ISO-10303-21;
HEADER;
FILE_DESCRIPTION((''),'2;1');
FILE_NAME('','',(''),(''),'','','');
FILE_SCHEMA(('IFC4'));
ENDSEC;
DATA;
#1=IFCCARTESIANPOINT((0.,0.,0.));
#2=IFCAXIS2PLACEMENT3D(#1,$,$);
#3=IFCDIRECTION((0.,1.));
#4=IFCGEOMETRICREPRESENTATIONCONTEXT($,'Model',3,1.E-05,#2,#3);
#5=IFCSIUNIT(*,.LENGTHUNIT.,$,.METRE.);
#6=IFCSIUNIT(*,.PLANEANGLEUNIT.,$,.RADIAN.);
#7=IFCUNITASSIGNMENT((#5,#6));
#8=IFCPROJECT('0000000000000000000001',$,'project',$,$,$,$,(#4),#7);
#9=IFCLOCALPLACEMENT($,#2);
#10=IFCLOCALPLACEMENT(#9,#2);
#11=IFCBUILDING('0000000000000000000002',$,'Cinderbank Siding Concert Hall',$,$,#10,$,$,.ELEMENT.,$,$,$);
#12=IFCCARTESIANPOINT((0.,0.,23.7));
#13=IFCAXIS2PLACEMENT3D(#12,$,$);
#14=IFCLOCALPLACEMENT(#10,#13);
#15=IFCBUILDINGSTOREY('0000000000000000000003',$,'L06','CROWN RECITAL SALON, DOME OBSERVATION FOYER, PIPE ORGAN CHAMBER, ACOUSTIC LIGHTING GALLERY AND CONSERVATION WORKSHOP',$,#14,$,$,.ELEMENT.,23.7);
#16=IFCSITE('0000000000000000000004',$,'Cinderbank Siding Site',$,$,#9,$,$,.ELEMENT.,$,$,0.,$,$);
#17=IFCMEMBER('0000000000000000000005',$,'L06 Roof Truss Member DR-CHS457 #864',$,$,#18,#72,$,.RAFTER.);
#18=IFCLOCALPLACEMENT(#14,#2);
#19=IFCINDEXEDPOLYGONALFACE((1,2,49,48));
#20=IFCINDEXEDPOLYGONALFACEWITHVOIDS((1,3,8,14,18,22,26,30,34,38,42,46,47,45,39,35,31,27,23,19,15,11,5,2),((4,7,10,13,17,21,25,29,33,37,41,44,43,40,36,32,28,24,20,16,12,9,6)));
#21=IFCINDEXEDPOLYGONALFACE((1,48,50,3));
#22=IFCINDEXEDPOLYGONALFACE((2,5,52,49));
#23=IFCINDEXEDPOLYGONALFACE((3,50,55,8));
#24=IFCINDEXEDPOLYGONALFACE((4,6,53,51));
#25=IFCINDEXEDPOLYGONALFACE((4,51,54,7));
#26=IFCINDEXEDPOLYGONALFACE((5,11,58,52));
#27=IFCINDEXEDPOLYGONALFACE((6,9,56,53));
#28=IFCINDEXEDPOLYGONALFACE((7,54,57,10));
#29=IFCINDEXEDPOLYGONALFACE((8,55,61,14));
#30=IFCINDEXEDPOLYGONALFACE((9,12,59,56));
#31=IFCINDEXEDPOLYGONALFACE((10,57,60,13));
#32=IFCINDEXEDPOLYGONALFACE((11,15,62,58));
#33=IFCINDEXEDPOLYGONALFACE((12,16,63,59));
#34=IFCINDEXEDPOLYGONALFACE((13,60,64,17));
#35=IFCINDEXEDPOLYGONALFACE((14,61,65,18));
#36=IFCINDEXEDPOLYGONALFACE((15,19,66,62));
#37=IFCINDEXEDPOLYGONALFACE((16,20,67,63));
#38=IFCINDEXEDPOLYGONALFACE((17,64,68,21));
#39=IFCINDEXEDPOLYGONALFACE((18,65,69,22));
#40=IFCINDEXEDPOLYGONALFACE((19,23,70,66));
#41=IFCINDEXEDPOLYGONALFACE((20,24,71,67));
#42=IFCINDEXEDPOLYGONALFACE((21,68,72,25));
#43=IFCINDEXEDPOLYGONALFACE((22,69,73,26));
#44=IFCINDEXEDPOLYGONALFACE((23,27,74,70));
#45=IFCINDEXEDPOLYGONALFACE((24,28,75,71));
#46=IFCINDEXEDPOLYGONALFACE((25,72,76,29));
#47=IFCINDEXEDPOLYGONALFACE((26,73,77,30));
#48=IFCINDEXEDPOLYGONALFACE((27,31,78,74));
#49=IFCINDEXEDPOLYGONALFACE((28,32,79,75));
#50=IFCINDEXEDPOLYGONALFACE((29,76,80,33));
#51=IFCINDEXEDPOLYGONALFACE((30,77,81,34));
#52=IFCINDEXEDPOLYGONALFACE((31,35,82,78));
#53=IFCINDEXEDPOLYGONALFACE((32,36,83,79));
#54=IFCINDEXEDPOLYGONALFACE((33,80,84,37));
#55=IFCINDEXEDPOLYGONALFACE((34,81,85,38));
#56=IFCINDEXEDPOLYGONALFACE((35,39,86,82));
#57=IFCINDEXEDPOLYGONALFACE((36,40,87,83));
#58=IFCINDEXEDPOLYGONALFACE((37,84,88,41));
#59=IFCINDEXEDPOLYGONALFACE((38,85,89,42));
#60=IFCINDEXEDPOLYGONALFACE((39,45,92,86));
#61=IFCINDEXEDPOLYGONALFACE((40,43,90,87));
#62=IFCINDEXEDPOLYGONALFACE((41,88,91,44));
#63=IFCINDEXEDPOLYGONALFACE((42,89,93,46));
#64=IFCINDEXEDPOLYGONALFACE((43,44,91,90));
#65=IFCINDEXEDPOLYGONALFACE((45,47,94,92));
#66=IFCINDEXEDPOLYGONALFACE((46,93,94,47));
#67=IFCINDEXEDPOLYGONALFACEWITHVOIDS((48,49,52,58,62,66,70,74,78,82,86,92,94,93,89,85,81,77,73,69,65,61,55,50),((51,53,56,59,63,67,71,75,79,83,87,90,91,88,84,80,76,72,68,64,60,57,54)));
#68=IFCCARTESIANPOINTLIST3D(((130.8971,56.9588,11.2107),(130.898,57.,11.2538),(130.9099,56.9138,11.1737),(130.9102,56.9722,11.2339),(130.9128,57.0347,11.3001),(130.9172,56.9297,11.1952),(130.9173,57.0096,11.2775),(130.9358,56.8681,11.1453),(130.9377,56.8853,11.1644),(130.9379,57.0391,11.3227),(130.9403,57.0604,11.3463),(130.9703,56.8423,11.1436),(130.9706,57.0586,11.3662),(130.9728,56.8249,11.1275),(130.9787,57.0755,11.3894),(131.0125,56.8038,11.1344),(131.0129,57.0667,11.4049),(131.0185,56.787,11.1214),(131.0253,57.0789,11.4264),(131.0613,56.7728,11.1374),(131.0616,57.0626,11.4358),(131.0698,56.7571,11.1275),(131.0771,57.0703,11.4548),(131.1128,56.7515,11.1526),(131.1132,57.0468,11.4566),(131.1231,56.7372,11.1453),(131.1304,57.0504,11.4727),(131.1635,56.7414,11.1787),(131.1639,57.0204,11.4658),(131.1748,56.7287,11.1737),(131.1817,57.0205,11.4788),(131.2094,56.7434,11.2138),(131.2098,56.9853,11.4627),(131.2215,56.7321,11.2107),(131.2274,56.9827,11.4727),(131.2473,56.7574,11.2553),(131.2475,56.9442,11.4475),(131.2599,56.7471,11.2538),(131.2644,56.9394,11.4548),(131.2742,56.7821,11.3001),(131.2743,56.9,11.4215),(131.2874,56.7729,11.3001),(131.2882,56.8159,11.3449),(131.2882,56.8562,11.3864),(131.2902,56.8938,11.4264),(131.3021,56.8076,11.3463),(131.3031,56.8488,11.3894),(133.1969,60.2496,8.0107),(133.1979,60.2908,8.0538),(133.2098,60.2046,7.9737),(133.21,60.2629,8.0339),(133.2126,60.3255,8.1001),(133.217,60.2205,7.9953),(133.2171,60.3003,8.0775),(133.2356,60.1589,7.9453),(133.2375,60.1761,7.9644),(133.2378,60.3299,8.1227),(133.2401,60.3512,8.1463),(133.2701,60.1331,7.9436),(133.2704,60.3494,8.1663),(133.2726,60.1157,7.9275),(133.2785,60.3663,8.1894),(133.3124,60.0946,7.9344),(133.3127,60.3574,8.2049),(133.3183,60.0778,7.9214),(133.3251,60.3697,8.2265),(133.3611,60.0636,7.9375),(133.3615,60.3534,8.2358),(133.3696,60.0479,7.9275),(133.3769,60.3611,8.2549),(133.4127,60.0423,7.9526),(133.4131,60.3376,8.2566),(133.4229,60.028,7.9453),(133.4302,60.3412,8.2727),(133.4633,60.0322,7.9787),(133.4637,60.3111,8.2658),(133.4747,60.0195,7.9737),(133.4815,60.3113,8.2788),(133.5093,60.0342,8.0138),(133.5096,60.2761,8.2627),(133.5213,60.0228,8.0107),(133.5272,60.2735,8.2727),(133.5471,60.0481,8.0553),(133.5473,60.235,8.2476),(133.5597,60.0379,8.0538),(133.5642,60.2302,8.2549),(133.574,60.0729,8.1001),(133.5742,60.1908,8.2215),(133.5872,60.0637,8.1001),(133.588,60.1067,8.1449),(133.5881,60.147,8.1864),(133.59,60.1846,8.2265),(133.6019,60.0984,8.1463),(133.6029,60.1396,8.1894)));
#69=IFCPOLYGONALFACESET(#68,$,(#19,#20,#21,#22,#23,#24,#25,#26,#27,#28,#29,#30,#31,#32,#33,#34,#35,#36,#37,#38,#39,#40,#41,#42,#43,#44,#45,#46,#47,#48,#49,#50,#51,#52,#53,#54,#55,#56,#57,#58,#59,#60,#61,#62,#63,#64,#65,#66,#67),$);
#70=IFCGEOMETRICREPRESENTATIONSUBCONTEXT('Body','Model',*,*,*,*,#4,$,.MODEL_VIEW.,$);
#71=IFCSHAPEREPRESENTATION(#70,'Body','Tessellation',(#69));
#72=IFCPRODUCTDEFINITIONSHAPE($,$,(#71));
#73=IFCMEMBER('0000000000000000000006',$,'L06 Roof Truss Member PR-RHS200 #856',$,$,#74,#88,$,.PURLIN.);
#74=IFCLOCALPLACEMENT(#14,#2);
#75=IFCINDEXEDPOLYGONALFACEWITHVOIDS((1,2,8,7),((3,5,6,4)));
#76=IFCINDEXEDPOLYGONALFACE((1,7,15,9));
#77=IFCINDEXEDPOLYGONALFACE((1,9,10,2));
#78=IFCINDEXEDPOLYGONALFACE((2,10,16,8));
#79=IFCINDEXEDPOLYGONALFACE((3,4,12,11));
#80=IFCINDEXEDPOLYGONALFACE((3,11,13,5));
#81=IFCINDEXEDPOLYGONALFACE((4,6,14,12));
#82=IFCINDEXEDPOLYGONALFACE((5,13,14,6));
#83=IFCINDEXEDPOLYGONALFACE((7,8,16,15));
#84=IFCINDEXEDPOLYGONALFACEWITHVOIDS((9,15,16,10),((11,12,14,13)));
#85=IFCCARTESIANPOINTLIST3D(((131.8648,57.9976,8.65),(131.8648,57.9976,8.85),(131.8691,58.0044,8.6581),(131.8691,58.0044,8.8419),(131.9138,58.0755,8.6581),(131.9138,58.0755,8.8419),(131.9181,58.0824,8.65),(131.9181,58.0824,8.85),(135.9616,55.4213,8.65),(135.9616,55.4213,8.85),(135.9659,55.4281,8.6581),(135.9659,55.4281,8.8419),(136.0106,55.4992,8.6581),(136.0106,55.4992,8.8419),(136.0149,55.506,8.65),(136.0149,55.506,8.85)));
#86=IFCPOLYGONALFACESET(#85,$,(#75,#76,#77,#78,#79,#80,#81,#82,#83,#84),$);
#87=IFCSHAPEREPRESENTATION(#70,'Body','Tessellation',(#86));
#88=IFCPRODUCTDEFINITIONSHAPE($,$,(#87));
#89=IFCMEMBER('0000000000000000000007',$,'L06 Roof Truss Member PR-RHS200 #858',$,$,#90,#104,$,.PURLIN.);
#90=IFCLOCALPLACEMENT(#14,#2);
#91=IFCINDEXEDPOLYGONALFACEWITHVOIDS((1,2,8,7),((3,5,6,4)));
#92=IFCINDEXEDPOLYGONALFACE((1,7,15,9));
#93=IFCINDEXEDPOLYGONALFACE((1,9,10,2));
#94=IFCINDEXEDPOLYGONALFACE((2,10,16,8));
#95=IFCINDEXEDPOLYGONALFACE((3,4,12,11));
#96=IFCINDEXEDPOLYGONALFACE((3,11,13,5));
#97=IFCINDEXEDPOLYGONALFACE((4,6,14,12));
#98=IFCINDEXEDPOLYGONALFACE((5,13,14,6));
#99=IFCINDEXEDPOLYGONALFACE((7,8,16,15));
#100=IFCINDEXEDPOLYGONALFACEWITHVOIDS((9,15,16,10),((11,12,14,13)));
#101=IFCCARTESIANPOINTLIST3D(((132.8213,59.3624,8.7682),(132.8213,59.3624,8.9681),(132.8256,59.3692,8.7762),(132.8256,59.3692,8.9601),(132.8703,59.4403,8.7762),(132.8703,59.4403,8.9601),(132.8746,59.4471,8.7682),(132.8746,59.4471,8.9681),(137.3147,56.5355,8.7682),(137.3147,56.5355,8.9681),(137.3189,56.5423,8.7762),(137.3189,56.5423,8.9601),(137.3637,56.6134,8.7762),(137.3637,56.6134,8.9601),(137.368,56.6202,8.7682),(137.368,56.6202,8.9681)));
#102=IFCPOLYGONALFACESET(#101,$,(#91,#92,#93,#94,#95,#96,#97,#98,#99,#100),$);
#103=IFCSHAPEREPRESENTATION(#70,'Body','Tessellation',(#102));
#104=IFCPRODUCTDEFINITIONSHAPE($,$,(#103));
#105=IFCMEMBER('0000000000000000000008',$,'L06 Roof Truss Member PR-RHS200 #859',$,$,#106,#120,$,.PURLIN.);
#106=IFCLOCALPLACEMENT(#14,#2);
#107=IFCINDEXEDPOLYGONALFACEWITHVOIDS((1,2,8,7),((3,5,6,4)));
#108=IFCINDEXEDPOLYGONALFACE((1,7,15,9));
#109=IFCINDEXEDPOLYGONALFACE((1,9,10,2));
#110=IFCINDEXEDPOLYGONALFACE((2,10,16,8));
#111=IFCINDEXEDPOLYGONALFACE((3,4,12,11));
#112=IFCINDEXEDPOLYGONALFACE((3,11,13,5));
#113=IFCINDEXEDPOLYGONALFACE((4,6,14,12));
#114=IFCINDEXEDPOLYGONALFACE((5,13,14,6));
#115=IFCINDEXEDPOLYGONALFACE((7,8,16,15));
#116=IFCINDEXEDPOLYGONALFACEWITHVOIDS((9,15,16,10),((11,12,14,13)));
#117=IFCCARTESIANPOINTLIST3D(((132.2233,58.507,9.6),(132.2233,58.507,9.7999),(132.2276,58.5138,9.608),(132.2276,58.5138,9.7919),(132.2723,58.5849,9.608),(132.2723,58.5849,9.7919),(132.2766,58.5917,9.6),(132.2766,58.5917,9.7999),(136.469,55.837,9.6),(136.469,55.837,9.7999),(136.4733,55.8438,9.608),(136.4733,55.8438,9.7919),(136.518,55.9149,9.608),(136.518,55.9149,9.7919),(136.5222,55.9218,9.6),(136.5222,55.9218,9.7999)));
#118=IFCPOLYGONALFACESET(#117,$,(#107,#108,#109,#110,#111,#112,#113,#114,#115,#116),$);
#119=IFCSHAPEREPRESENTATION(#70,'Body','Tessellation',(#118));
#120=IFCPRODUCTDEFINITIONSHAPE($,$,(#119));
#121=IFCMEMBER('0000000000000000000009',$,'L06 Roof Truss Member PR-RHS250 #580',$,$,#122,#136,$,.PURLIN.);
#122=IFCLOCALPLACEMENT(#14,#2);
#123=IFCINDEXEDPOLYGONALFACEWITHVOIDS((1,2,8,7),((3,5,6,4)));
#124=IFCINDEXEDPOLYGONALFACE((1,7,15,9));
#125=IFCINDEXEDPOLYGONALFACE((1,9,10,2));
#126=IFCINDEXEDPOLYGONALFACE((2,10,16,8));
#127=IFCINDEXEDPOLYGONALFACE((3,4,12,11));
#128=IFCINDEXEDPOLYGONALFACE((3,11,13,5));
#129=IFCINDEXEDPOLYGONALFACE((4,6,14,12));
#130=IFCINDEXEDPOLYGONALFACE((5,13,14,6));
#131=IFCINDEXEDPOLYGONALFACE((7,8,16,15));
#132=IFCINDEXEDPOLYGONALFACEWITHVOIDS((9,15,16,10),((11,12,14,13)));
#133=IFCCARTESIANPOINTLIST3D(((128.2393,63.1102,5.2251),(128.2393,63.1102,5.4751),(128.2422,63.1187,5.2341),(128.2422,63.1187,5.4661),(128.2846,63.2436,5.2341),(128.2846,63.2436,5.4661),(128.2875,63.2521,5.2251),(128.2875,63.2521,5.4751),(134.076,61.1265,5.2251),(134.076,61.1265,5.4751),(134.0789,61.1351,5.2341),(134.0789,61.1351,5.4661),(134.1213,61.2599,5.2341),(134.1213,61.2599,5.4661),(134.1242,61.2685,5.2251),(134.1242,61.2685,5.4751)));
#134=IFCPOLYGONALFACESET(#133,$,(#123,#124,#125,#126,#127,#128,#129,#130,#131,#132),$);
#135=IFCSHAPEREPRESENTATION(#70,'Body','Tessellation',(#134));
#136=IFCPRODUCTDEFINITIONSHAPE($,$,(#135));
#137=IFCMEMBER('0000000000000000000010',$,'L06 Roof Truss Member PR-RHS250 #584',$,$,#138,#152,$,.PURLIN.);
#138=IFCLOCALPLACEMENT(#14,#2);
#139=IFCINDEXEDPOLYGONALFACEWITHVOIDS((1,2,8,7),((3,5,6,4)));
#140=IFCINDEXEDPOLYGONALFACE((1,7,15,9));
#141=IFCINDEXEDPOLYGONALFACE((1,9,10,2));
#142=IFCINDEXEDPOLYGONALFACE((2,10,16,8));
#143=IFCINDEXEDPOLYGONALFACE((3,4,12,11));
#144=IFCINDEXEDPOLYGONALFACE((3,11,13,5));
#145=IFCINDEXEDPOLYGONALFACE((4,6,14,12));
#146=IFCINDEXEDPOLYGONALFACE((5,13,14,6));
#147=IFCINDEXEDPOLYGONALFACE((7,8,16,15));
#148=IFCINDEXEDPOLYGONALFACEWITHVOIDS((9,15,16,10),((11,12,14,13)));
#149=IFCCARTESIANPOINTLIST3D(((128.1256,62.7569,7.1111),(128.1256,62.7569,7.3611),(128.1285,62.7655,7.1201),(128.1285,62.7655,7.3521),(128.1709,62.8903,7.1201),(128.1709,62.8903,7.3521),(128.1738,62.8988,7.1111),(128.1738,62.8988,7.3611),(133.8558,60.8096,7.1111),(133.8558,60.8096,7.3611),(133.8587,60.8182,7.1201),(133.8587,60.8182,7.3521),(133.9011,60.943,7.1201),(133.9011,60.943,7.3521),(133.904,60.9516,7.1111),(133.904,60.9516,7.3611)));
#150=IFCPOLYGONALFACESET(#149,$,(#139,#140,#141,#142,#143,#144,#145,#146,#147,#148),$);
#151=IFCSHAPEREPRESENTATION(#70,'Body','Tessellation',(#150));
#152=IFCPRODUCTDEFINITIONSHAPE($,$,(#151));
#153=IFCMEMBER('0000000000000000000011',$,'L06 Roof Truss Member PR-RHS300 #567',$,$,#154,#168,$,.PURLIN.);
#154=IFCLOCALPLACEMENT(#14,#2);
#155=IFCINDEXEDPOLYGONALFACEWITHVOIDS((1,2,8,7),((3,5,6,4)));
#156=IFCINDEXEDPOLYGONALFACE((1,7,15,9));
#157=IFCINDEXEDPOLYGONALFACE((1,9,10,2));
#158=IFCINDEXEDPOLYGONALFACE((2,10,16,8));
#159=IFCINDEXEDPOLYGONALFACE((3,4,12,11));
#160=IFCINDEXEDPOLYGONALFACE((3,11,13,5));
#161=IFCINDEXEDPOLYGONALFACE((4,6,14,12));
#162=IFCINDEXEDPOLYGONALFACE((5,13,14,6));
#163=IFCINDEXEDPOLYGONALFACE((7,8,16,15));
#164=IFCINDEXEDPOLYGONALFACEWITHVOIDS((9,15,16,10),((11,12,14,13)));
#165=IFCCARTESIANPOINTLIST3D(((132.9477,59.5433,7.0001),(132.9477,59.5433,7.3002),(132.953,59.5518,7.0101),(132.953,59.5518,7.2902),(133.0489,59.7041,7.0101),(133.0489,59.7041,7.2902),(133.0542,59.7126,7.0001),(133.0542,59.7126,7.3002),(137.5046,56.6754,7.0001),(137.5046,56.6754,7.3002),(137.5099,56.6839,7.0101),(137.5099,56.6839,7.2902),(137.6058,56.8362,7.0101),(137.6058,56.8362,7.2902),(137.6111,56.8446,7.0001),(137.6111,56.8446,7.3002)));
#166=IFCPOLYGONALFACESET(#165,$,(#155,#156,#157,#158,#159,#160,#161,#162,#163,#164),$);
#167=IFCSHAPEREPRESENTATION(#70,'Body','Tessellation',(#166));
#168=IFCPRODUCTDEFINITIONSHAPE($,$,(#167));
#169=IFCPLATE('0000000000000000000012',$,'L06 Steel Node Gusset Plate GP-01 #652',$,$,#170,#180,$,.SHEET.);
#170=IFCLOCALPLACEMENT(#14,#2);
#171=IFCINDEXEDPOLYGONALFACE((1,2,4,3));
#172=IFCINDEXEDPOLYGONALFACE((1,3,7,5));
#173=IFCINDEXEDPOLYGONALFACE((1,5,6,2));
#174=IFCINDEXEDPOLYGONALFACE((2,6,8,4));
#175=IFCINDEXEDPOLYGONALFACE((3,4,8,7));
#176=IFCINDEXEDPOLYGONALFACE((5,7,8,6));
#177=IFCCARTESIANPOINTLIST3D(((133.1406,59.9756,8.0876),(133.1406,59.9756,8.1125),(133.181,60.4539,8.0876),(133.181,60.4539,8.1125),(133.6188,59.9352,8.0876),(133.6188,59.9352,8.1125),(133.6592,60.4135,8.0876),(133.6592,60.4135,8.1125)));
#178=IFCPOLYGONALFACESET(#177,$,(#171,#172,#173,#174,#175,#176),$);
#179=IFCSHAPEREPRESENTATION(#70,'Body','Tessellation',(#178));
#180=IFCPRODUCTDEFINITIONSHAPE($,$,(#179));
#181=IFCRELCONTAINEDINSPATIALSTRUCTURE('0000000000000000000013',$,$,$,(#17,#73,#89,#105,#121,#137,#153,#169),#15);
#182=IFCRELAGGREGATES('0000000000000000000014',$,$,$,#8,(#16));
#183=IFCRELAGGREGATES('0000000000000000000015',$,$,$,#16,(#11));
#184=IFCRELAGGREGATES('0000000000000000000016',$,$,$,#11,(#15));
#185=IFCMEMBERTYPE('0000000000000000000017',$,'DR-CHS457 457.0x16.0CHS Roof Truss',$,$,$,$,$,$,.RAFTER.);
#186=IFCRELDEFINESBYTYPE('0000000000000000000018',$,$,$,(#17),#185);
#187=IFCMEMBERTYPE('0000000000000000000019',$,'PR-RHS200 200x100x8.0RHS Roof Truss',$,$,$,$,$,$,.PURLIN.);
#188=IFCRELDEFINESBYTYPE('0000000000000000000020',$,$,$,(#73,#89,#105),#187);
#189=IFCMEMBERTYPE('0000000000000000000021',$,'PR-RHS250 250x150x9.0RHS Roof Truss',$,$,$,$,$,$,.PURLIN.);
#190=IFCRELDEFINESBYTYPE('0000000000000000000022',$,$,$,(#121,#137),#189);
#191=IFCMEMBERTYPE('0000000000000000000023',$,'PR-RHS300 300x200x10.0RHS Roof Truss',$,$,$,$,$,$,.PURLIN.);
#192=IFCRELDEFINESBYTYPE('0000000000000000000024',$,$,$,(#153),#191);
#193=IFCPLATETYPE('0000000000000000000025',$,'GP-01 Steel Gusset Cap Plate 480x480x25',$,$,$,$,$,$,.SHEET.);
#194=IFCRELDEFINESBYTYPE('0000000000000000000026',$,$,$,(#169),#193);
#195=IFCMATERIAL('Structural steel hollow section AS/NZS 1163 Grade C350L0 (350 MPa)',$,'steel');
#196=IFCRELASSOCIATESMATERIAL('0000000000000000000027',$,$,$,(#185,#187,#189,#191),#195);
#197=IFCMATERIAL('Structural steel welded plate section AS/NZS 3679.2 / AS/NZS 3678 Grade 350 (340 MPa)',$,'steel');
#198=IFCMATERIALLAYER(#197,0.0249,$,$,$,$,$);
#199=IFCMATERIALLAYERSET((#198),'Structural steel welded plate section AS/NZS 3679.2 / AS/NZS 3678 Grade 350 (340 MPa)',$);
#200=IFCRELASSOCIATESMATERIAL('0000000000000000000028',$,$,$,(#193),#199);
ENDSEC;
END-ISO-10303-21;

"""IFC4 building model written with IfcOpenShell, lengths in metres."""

from ifc_helpers import new_model, si_unit, direction, frame, origin, origin_2d, place, context, subcontext, project, spatial, rectangle, hollow_rectangle, hollow_circle, extrude, material, layer, layer_set, material_profile, profile_set, type_object, element, save


model = new_model("IFC4")

# Units and contexts
model_context = context("Model", 3, precision=1e-05, world=origin(), true_north=direction((0.0, 1.0)))
body_context = subcontext(model_context, "Body", "Model", "MODEL_VIEW")
ifc_project = project(units=[si_unit("LENGTHUNIT", "METRE"), si_unit("PLANEANGLEUNIT", "RADIAN")], contexts=[model_context])

# Site, building, storey
site_placement = place(None, origin())
site = spatial("IfcSite", under=ifc_project, at=site_placement, Name="Cinderbank Siding Site", CompositionType="ELEMENT", RefElevation=0.0)
building_placement = place(site_placement, origin())
building = spatial("IfcBuilding", under=site, at=building_placement, Name="Cinderbank Siding Concert Hall", CompositionType="ELEMENT")
storey_placement = place(building_placement, frame((0.0, 0.0, 23.7)))
storey = spatial("IfcBuildingStorey", under=building, at=storey_placement, Name="L06", Description="CROWN RECITAL SALON, DOME OBSERVATION FOYER, PIPE ORGAN CHAMBER, ACOUSTIC LIGHTING GALLERY AND CONSERVATION WORKSHOP", CompositionType="ELEMENT", Elevation=23.7)

# Shared definitions
ifc_material_1 = material(Name="Structural steel welded plate section AS/NZS 3679.2 / AS/NZS 3678 Grade 350 (340 MPa)", Category="steel")

# Members
ifc_material_2 = material(Name="Structural steel hollow section AS/NZS 1163 Grade C350L0 (350 MPa)", Category="steel")
ifc_material_profile_1 = material_profile(ifc_material_2, hollow_circle(Radius=0.2285, WallThickness=0.0161, at=origin_2d()), Name="457.0x16.0CHS", Category="LoadBearing")
ifc_profile_set_1 = profile_set([ifc_material_profile_1], Name="Structural steel hollow section AS/NZS 1163 Grade C350L0 (350 MPa)")
member_type_1 = type_object("IfcMemberType", Name="DR-CHS457 457.0x16.0CHS Roof Truss", PredefinedType="RAFTER", material=ifc_profile_set_1)
member_1_placement = place(storey_placement, frame((133.3999, 60.1946, 8.1001), z_axis=(-0.447956, -0.640976, 0.623286), x_axis=(0.819669, -0.572838, 0.0)))
element("IfcMember", 1, at=member_1_placement, inside=storey, type_object=member_type_1, Name="L06 Roof Truss Member DR-CHS457 #864", PredefinedType="RAFTER", context=body_context, shape_type="SweptSolid", body=[
    extrude(hollow_circle(Radius=0.2285, WallThickness=0.0161, at=origin_2d()), origin(), (0.0, 0.0, 1.0), 5.134),
])
ifc_material_profile_2 = material_profile(ifc_material_2, hollow_rectangle(XDim=0.1001, YDim=0.2, WallThickness=0.0081, at=origin_2d()), Name="200x100x8.0RHS", Category="LoadBearing")
ifc_profile_set_2 = profile_set([ifc_material_profile_2], Name="Structural steel hollow section AS/NZS 1163 Grade C350L0 (350 MPa)")
member_type_2 = type_object("IfcMemberType", Name="PR-RHS200 200x100x8.0RHS Roof Truss", PredefinedType="PURLIN", material=ifc_profile_set_2)
member_2_placement = place(storey_placement, frame((135.9883, 55.4636, 8.75), z_axis=(-0.846524, 0.53235, 0.0), x_axis=(-0.53235, -0.846524, 0.0)))
element("IfcMember", 2, at=member_2_placement, inside=storey, type_object=member_type_2, Name="L06 Roof Truss Member PR-RHS200 #856", PredefinedType="PURLIN", context=body_context, shape_type="SweptSolid", body=[
    extrude(hollow_rectangle(XDim=0.1001, YDim=0.2, WallThickness=0.0081, at=origin_2d()), origin(), (0.0, 0.0, 1.0), 4.8396),
])
member_3_placement = place(storey_placement, frame((137.3413, 56.5779, 8.8682), z_axis=(-0.846426, 0.532506, 0.0), x_axis=(-0.532506, -0.846426, 0.0)))
element("IfcMember", 3, at=member_3_placement, inside=storey, type_object=member_type_2, Name="L06 Roof Truss Member PR-RHS200 #858", PredefinedType="PURLIN", context=body_context, shape_type="SweptSolid", body=[
    extrude(hollow_rectangle(XDim=0.1001, YDim=0.2, WallThickness=0.0081, at=origin_2d()), origin(), (0.0, 0.0, 1.0), 5.3086),
])
member_4_placement = place(storey_placement, frame((136.4956, 55.8794, 9.7), z_axis=(-0.846524, 0.532351, 0.0), x_axis=(-0.532351, -0.846524, 0.0)))
element("IfcMember", 4, at=member_4_placement, inside=storey, type_object=member_type_2, Name="L06 Roof Truss Member PR-RHS200 #859", PredefinedType="PURLIN", context=body_context, shape_type="SweptSolid", body=[
    extrude(hollow_rectangle(XDim=0.1001, YDim=0.2, WallThickness=0.0081, at=origin_2d()), origin(), (0.0, 0.0, 1.0), 5.0154),
])
ifc_material_profile_3 = material_profile(ifc_material_2, hollow_rectangle(XDim=0.1499, YDim=0.25, WallThickness=0.009, at=origin_2d()), Name="250x150x9.0RHS", Category="LoadBearing")
ifc_profile_set_3 = profile_set([ifc_material_profile_3], Name="Structural steel hollow section AS/NZS 1163 Grade C350L0 (350 MPa)")
member_type_3 = type_object("IfcMemberType", Name="PR-RHS250 250x150x9.0RHS Roof Truss", PredefinedType="PURLIN", material=ifc_profile_set_3)
member_5_placement = place(storey_placement, frame((134.1001, 61.1975, 5.3501), z_axis=(-0.946814, 0.321783, 0.0), x_axis=(-0.321783, -0.946814, 0.0)))
element("IfcMember", 5, at=member_5_placement, inside=storey, type_object=member_type_3, Name="L06 Roof Truss Member PR-RHS250 #580", PredefinedType="PURLIN", context=body_context, shape_type="SweptSolid", body=[
    extrude(hollow_rectangle(XDim=0.1499, YDim=0.25, WallThickness=0.009, at=origin_2d()), origin(), (0.0, 0.0, 1.0), 6.1646),
])
member_6_placement = place(storey_placement, frame((133.8799, 60.8806, 7.2361), z_axis=(-0.946824, 0.321753, 0.0), x_axis=(-0.321753, -0.946824, 0.0)))
element("IfcMember", 6, at=member_6_placement, inside=storey, type_object=member_type_3, Name="L06 Roof Truss Member PR-RHS250 #584", PredefinedType="PURLIN", context=body_context, shape_type="SweptSolid", body=[
    extrude(hollow_rectangle(XDim=0.1499, YDim=0.25, WallThickness=0.009, at=origin_2d()), origin(), (0.0, 0.0, 1.0), 6.052),
])
ifc_material_profile_4 = material_profile(ifc_material_2, hollow_rectangle(XDim=0.2, YDim=0.3, WallThickness=0.01, at=origin_2d()), Name="300x200x10.0RHS", Category="LoadBearing")
ifc_profile_set_4 = profile_set([ifc_material_profile_4], Name="Structural steel hollow section AS/NZS 1163 Grade C350L0 (350 MPa)")
member_type_4 = type_object("IfcMemberType", Name="PR-RHS300 300x200x10.0RHS Roof Truss", PredefinedType="PURLIN", material=ifc_profile_set_4)
member_7_placement = place(storey_placement, frame((137.5579, 56.76, 7.1501), z_axis=(-0.846336, 0.53265, 0.0), x_axis=(-0.53265, -0.846336, 0.0)))
element("IfcMember", 7, at=member_7_placement, inside=storey, type_object=member_type_4, Name="L06 Roof Truss Member PR-RHS300 #567", PredefinedType="PURLIN", context=body_context, shape_type="SweptSolid", body=[
    extrude(hollow_rectangle(XDim=0.2, YDim=0.3, WallThickness=0.01, at=origin_2d()), origin(), (0.0, 0.0, 1.0), 5.3843),
])

# Plate
ifc_layer_1 = layer(ifc_material_1, 0.0249)
ifc_layer_set_1 = layer_set([ifc_layer_1], Name="Structural steel welded plate section AS/NZS 3679.2 / AS/NZS 3678 Grade 350 (340 MPa)")
plate_type_1 = type_object("IfcPlateType", Name="GP-01 Steel Gusset Cap Plate 480x480x25", PredefinedType="SHEET", material=ifc_layer_set_1)
plate_1_placement = place(storey_placement, frame((133.3999, 60.1946, 8.0876), z_axis=(0.0, 0.0, 1.0), x_axis=(-0.996449, 0.0842, 0.0)))
element("IfcPlate", 8, at=plate_1_placement, inside=storey, type_object=plate_type_1, Name="L06 Steel Node Gusset Plate GP-01 #652", PredefinedType="SHEET", context=body_context, shape_type="SweptSolid", body=[
    extrude(rectangle(XDim=0.48, YDim=0.48, at=origin_2d()), origin(), (0.0, 0.0, 1.0), 0.0249),
])

save(model, "model.ifc")
